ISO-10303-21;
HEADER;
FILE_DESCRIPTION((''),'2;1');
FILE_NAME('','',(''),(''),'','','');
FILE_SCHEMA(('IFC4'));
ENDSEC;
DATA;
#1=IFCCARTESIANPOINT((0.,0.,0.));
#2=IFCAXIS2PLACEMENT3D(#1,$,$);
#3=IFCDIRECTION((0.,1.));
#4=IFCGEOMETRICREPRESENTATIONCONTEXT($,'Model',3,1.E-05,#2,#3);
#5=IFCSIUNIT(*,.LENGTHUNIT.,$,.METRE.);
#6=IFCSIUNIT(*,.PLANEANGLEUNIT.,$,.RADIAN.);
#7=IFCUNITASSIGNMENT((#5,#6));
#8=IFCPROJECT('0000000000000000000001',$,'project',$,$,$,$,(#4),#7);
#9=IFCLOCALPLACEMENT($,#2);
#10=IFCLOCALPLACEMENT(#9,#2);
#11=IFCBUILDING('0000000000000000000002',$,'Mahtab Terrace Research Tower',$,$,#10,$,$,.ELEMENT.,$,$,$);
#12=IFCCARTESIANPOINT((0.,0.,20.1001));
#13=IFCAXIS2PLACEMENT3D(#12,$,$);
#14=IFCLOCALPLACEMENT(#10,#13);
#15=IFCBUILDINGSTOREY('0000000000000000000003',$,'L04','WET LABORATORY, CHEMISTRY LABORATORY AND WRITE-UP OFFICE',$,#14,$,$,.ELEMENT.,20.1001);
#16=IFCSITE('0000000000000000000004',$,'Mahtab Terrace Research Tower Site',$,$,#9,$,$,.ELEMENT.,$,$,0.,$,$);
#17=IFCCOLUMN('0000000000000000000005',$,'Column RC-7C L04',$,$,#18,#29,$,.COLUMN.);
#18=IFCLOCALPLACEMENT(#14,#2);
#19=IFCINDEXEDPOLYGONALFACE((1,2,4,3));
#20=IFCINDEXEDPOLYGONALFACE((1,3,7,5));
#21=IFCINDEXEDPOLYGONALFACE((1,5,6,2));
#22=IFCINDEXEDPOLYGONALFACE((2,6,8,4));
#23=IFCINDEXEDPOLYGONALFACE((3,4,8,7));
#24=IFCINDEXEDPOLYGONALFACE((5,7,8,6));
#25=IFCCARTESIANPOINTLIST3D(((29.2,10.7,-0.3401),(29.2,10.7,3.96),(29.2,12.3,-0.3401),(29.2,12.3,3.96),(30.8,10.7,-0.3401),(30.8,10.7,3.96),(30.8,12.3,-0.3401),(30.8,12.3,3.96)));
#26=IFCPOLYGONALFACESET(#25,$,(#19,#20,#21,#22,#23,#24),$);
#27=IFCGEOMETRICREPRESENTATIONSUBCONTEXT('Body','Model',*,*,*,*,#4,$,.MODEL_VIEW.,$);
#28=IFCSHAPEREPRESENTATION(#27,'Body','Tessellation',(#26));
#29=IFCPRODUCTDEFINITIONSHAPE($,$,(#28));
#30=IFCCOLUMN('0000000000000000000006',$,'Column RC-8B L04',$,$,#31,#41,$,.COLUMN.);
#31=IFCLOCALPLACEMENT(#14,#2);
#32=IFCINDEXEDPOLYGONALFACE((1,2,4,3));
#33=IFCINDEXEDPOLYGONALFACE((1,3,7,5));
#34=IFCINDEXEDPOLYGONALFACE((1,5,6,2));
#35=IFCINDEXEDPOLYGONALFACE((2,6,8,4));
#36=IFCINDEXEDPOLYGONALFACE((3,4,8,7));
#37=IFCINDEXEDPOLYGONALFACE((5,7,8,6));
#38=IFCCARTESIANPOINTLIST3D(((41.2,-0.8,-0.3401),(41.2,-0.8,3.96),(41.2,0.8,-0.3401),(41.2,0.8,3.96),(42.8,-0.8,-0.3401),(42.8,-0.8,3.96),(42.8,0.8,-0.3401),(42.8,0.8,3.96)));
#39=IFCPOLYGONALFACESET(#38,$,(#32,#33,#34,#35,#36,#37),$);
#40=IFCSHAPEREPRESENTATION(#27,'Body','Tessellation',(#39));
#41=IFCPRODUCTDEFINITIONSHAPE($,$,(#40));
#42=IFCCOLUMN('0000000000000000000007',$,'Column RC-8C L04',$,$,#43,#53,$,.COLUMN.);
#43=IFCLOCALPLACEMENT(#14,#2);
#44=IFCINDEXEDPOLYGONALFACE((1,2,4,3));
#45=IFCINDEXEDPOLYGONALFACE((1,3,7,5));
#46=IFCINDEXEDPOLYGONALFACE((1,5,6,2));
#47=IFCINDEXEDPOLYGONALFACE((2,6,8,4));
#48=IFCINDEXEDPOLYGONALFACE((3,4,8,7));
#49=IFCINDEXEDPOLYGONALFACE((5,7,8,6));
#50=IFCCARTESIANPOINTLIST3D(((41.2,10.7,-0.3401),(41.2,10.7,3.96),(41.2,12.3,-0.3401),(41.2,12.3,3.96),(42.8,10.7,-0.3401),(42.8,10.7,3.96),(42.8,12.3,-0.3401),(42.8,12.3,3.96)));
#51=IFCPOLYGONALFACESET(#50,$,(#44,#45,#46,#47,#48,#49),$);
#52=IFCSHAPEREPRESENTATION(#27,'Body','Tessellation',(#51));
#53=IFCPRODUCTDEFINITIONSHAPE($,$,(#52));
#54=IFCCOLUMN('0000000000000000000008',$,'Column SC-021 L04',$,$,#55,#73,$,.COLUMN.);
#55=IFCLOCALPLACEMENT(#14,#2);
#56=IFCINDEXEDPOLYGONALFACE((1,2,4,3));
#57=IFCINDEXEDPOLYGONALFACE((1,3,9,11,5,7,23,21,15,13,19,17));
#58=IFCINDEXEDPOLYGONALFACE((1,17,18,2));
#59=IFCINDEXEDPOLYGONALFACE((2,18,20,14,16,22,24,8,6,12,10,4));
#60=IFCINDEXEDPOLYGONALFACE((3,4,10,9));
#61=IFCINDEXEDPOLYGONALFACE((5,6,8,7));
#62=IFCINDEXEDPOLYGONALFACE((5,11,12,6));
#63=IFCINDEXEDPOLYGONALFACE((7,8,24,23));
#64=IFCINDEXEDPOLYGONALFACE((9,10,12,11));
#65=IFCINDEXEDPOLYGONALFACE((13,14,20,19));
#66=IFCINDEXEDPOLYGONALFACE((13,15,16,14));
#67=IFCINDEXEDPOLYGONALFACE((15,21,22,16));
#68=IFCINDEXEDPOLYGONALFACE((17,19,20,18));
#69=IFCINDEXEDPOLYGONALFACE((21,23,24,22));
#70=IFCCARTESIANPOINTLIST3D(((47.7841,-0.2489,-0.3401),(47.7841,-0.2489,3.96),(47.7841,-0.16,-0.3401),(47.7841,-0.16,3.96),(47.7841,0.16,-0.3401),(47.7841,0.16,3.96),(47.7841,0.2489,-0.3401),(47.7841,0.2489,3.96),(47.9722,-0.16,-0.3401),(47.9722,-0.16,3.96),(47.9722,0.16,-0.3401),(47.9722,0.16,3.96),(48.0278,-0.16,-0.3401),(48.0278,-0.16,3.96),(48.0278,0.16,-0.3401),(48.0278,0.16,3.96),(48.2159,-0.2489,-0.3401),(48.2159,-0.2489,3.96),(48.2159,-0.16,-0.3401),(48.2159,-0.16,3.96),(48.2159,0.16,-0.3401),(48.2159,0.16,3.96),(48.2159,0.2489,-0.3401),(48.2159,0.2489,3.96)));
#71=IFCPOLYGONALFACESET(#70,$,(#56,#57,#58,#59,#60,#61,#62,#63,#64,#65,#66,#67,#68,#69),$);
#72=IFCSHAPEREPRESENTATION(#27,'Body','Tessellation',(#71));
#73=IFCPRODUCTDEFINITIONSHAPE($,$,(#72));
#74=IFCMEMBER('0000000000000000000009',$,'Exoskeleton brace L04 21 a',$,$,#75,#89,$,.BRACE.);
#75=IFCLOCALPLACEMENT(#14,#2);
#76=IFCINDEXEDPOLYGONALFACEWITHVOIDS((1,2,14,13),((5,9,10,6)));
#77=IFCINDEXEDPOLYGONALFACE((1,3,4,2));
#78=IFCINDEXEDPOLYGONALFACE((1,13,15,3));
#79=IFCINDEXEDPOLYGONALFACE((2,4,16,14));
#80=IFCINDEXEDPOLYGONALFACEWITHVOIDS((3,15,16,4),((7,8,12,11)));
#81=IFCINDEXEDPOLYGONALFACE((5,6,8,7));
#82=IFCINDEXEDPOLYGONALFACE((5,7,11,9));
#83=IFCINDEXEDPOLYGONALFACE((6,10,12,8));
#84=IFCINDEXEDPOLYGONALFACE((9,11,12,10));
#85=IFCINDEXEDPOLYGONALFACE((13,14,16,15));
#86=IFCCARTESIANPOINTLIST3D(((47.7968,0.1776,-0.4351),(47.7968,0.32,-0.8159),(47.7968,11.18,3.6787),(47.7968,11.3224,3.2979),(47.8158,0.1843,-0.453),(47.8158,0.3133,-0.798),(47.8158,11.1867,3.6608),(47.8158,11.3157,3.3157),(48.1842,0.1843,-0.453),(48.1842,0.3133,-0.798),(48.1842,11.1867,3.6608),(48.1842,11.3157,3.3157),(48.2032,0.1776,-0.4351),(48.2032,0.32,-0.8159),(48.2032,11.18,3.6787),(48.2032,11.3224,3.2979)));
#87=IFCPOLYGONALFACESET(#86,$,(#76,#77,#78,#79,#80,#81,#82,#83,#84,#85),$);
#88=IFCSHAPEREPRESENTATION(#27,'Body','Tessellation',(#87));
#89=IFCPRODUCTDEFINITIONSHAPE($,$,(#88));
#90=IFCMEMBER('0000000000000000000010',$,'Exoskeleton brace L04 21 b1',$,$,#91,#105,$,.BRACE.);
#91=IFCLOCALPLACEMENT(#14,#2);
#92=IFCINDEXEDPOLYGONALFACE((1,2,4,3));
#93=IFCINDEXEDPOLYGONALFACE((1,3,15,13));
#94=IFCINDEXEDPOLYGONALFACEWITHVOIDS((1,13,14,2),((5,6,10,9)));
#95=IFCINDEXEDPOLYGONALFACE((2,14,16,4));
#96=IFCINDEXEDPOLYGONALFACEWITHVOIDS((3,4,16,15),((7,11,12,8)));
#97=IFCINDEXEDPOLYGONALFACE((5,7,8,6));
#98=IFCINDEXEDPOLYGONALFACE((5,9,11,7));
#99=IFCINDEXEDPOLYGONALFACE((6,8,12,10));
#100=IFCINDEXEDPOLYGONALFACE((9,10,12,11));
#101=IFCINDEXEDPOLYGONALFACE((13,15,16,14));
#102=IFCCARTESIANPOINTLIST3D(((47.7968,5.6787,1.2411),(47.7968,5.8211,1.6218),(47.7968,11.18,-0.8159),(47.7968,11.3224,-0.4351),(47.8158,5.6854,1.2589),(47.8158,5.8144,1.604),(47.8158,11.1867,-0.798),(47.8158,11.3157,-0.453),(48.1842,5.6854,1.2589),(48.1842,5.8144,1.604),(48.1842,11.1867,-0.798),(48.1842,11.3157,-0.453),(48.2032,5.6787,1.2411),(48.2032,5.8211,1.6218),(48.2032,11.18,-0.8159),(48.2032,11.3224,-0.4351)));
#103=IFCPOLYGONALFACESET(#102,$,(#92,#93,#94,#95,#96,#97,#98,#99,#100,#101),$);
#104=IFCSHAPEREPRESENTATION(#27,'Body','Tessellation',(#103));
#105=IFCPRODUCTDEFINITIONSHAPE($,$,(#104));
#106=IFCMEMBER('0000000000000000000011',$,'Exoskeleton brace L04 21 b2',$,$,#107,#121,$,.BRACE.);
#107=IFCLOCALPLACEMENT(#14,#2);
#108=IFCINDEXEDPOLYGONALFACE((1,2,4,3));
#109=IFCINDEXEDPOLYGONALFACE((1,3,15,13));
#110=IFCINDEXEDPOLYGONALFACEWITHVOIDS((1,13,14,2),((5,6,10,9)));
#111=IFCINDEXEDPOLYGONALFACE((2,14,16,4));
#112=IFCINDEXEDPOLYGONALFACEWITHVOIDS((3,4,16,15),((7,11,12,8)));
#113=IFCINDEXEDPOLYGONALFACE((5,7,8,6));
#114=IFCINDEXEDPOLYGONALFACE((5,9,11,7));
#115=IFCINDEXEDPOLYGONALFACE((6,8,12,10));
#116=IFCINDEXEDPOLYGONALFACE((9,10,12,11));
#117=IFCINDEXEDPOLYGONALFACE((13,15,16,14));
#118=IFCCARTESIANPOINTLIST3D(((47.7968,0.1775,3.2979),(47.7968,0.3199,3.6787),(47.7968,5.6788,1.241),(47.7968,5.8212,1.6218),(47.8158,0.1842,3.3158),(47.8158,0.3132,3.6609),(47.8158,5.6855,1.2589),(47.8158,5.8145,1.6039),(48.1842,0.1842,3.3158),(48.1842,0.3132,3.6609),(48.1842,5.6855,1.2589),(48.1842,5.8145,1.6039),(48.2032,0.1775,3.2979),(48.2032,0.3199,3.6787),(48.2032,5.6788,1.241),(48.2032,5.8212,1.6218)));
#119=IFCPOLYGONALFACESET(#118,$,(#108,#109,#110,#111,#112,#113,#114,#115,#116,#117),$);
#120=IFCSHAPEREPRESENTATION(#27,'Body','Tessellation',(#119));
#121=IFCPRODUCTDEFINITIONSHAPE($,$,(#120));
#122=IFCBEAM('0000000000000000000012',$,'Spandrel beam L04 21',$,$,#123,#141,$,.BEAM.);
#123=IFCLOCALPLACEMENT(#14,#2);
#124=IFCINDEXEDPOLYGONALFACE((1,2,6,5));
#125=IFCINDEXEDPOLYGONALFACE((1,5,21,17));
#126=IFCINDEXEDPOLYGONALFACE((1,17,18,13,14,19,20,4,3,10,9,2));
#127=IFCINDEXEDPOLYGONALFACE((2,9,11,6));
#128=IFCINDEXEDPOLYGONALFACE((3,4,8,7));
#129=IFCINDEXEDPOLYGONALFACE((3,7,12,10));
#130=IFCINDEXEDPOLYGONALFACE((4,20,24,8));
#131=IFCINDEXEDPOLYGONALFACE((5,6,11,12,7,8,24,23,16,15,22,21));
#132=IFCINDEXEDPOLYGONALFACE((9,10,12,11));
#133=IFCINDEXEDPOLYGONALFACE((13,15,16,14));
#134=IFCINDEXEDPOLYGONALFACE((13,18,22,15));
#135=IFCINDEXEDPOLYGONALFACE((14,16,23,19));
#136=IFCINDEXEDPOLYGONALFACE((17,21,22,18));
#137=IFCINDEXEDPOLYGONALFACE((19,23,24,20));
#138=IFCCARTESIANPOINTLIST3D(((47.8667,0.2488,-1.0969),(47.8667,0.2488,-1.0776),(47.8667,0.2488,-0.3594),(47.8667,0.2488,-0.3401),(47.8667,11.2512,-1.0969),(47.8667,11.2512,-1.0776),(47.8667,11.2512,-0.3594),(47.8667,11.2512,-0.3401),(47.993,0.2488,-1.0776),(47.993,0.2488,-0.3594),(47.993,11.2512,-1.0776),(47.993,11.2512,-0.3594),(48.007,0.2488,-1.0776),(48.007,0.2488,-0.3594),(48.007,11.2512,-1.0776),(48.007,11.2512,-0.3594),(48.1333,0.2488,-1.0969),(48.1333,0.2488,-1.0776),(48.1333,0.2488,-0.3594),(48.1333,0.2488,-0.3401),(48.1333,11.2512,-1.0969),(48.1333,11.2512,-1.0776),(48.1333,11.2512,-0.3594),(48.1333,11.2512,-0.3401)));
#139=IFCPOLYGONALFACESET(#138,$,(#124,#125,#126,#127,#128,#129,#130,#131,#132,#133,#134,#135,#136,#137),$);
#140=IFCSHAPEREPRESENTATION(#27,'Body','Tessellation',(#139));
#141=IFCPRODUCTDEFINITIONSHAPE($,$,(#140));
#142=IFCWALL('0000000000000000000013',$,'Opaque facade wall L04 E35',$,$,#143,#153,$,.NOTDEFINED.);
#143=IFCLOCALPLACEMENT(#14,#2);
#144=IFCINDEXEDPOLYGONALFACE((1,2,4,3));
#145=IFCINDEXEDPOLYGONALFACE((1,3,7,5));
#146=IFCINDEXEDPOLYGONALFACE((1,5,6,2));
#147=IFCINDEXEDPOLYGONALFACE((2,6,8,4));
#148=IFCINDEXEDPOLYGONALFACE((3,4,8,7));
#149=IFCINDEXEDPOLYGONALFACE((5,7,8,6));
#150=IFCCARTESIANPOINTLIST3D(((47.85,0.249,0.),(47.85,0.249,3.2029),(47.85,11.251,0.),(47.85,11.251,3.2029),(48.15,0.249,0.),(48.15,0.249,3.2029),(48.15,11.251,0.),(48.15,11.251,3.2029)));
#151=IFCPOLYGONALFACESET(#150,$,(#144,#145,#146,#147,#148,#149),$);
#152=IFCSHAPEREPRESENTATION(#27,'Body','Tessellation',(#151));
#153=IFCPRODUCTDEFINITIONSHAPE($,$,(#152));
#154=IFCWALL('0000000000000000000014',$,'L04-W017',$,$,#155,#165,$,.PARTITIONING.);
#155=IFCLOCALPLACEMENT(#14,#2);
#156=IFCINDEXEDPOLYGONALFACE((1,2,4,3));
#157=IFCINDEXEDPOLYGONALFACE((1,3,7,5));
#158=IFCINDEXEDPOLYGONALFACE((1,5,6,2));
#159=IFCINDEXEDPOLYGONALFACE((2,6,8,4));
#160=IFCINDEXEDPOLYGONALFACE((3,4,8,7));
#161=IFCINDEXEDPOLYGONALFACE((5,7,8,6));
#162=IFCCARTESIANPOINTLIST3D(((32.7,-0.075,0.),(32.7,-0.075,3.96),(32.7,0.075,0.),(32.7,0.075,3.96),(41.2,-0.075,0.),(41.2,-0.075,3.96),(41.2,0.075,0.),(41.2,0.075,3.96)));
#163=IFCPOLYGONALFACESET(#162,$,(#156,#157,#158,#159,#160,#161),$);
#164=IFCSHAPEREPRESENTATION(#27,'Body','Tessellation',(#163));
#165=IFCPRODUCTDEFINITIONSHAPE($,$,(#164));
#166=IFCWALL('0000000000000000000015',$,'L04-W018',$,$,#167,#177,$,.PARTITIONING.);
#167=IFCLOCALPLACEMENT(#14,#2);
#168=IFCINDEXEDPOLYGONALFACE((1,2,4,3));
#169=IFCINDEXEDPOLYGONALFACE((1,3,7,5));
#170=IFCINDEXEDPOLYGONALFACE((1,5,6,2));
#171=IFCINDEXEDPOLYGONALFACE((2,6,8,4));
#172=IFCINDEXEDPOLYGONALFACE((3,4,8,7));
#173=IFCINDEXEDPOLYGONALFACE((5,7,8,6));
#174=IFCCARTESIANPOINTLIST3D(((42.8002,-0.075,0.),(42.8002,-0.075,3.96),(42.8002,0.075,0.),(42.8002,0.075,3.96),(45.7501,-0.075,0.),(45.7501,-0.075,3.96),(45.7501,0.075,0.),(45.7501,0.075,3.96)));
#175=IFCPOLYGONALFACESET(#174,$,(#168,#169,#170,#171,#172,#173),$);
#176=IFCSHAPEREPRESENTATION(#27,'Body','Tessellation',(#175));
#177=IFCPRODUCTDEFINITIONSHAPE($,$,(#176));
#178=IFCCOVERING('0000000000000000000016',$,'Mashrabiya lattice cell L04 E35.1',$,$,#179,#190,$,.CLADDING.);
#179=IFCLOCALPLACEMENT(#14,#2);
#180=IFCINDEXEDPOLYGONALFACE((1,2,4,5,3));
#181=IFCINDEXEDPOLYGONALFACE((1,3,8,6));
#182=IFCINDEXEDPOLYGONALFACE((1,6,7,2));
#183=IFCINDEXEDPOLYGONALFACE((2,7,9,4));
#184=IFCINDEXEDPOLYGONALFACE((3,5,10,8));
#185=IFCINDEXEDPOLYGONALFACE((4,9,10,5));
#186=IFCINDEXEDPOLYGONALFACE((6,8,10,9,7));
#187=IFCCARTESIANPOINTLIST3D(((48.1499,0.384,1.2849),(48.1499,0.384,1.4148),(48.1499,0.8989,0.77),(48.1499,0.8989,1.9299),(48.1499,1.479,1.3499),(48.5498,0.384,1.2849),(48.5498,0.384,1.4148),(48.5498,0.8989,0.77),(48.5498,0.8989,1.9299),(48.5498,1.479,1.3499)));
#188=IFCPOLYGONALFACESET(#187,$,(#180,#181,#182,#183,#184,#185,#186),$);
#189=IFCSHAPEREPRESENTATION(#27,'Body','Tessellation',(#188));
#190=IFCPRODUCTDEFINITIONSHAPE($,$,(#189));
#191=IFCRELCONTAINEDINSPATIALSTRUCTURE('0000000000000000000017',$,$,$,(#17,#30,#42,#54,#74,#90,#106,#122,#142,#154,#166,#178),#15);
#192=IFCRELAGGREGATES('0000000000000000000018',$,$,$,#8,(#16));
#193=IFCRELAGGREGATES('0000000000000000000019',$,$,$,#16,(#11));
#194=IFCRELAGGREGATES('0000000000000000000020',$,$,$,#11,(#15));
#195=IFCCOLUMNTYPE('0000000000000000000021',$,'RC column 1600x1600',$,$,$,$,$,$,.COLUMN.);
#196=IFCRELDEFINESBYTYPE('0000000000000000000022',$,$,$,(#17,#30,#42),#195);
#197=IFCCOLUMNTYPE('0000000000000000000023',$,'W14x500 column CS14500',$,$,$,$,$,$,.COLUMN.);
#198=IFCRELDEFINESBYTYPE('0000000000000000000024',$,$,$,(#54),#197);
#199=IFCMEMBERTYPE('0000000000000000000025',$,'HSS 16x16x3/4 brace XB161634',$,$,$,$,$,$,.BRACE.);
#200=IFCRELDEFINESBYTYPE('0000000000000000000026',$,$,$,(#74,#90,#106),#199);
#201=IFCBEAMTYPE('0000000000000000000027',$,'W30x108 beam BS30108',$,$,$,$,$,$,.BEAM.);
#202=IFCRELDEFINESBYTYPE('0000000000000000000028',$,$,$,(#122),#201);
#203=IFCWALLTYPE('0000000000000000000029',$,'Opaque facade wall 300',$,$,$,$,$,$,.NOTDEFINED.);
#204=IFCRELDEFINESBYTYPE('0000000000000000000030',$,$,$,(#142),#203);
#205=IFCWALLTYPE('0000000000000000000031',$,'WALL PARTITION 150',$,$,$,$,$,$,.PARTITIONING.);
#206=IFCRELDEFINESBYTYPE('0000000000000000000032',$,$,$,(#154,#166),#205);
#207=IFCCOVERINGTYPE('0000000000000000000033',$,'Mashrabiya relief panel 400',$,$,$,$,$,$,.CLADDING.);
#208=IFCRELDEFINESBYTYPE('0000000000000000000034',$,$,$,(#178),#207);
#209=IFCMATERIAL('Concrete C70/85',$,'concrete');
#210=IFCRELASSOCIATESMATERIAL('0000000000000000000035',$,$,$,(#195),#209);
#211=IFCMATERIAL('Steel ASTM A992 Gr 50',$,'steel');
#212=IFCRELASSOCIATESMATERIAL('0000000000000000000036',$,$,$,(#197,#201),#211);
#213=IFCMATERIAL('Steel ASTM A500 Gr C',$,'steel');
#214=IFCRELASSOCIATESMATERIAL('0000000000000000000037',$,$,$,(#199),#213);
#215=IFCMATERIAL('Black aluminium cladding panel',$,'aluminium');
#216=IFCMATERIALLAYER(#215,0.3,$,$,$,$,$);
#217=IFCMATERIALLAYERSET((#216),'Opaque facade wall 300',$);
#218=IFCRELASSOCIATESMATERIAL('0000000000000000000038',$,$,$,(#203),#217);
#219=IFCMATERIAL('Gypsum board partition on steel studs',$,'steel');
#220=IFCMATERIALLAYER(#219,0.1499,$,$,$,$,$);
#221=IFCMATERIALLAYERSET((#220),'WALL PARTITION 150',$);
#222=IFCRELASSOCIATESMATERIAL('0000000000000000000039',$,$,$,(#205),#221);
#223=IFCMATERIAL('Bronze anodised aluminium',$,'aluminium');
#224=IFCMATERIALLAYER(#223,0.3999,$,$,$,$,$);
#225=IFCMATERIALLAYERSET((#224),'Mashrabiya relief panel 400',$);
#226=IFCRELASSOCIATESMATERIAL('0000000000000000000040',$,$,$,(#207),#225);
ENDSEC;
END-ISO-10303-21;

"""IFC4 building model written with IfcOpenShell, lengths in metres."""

from ifc_helpers import new_model, si_unit, direction, frame, frame_2d, origin, origin_2d, place, context, subcontext, project, spatial, polyline, rectangle, hollow_rectangle, i_section, outline, extrude, material, layer, layer_set, material_profile, profile_set, type_object, element, save


model = new_model("IFC4")

# Units and contexts
model_context = context("Model", 3, precision=1e-05, world=origin(), true_north=direction((0.0, 1.0)))
body_context = subcontext(model_context, "Body", "Model", "MODEL_VIEW")
ifc_project = project(units=[si_unit("LENGTHUNIT", "METRE"), si_unit("PLANEANGLEUNIT", "RADIAN")], contexts=[model_context])

# Site, building, storey
site_placement = place(None, origin())
site = spatial("IfcSite", under=ifc_project, at=site_placement, Name="Mahtab Terrace Research Tower Site", CompositionType="ELEMENT", RefElevation=0.0)
building_placement = place(site_placement, origin())
building = spatial("IfcBuilding", under=site, at=building_placement, Name="Mahtab Terrace Research Tower", CompositionType="ELEMENT")
storey_placement = place(building_placement, frame((0.0, 0.0, 20.1001)))
storey = spatial("IfcBuildingStorey", under=building, at=storey_placement, Name="L04", Description="WET LABORATORY, CHEMISTRY LABORATORY AND WRITE-UP OFFICE", CompositionType="ELEMENT", Elevation=20.1001)

# Columns
ifc_material_1 = material(Name="Concrete C70/85", Category="concrete")
ifc_material_profile_1 = material_profile(ifc_material_1, rectangle(XDim=1.6001, YDim=1.6001, at=origin_2d()), Name="RC column 1600x1600")
ifc_profile_set_1 = profile_set([ifc_material_profile_1], Name="Concrete C70/85")
column_type_1 = type_object("IfcColumnType", Name="RC column 1600x1600", PredefinedType="COLUMN", material=ifc_profile_set_1)
for number, where, z_axis, x_axis, name in (
    (1, (30.0, 11.5, -0.3401), (0.0, 0.0, 1.0), (1.0, 0.0, 0.0), "Column RC-7C L04"),
    (2, (42.0, 0.0, -0.3401), (0.0, 0.0, 1.0), (1.0, 0.0, 0.0), "Column RC-8B L04"),
    (3, (42.0, 11.5, -0.3401), (0.0, 0.0, 1.0), (1.0, 0.0, 0.0), "Column RC-8C L04"),
):
    element("IfcColumn", number, at=place(storey_placement, frame(where, z_axis=z_axis, x_axis=x_axis)), inside=storey, type_object=column_type_1, Name=name, PredefinedType="COLUMN", context=body_context, shape_type="SweptSolid", body=[
        extrude(rectangle(XDim=1.6001, YDim=1.6001, at=origin_2d()), origin(), (0.0, 0.0, 1.0), 4.3),
    ])
ifc_material_2 = material(Name="Steel ASTM A992 Gr 50", Category="steel")
ifc_material_profile_2 = material_profile(ifc_material_2, i_section(OverallWidth=0.4319, OverallDepth=0.4978, WebThickness=0.0557, FlangeThickness=0.0889, at=origin_2d()), Name="W14X500")
ifc_profile_set_2 = profile_set([ifc_material_profile_2], Name="Steel ASTM A992 Gr 50")
column_type_2 = type_object("IfcColumnType", Name="W14x500 column CS14500", PredefinedType="COLUMN", material=ifc_profile_set_2)
column_placement = place(storey_placement, frame((48.0, 0.0, -0.3401), z_axis=(0.0, 0.0, 1.0), x_axis=(1.0, 0.0, 0.0)))
element("IfcColumn", 4, at=column_placement, inside=storey, type_object=column_type_2, Name="Column SC-021 L04", PredefinedType="COLUMN", context=body_context, shape_type="SweptSolid", body=[
    extrude(i_section(OverallWidth=0.4319, OverallDepth=0.4978, WebThickness=0.0557, FlangeThickness=0.0889, at=origin_2d()), origin(), (0.0, 0.0, 1.0), 4.3),
])

# Members
ifc_material_3 = material(Name="Steel ASTM A500 Gr C", Category="steel")
ifc_material_profile_3 = material_profile(ifc_material_3, hollow_rectangle(XDim=0.4065, YDim=0.4065, WallThickness=0.019, at=origin_2d()), Name="HSS16X16X3/4")
ifc_profile_set_3 = profile_set([ifc_material_profile_3], Name="Steel ASTM A500 Gr C")
member_type = type_object("IfcMemberType", Name="HSS 16x16x3/4 brace XB161634", PredefinedType="BRACE", material=ifc_profile_set_3)
member_placement = place(storey_placement, frame((48.0, 0.2488, -0.6255), z_axis=(0.0, 0.936669, 0.350217), x_axis=(-1.0, 0.0, 0.0)))
element("IfcMember", 5, at=member_placement, inside=storey, type_object=member_type, Name="Exoskeleton brace L04 21 a", PredefinedType="BRACE", context=body_context, shape_type="SweptSolid", body=[
    extrude(hollow_rectangle(XDim=0.4065, YDim=0.4065, WallThickness=0.019, at=origin_2d()), origin(), (0.0, 0.0, 1.0), 11.7463),
])
for number, where, z_axis, x_axis, name in (
    (6, (48.0, 11.2512, -0.6255), (0.0, -0.936669, 0.350217), (1.0, 0.0, 0.0), "Exoskeleton brace L04 21 b1"),
    (7, (48.0, 5.75, 1.4314), (0.0, -0.936669, 0.350217), (1.0, 0.0, 0.0), "Exoskeleton brace L04 21 b2"),
):
    element("IfcMember", number, at=place(storey_placement, frame(where, z_axis=z_axis, x_axis=x_axis)), inside=storey, type_object=member_type, Name=name, PredefinedType="BRACE", context=body_context, shape_type="SweptSolid", body=[
        extrude(hollow_rectangle(XDim=0.4065, YDim=0.4065, WallThickness=0.019, at=origin_2d()), origin(), (0.0, 0.0, 1.0), 5.8733),
    ])

# Beam
ifc_material_profile_4 = material_profile(ifc_material_2, i_section(OverallWidth=0.2666, OverallDepth=0.7568, WebThickness=0.0139, FlangeThickness=0.0193, at=origin_2d()), Name="W30X108")
ifc_profile_set_4 = profile_set([ifc_material_profile_4], Name="Steel ASTM A992 Gr 50")
beam_type = type_object("IfcBeamType", Name="W30x108 beam BS30108", PredefinedType="BEAM", material=ifc_profile_set_4)
beam_placement = place(storey_placement, frame((48.0, 0.2488, -0.7185), z_axis=(0.0, 1.0, 0.0), x_axis=(-1.0, 0.0, 0.0)))
element("IfcBeam", 8, at=beam_placement, inside=storey, type_object=beam_type, Name="Spandrel beam L04 21", PredefinedType="BEAM", context=body_context, shape_type="SweptSolid", body=[
    extrude(i_section(OverallWidth=0.2666, OverallDepth=0.7568, WebThickness=0.0139, FlangeThickness=0.0193, at=origin_2d()), origin(), (0.0, 0.0, 1.0), 11.0024),
])

# Walls
ifc_material_4 = material(Name="Black aluminium cladding panel", Category="aluminium")
ifc_layer_1 = layer(ifc_material_4, 0.3)
ifc_layer_set_1 = layer_set([ifc_layer_1], Name="Opaque facade wall 300")
wall_type_1 = type_object("IfcWallType", Name="Opaque facade wall 300", PredefinedType="NOTDEFINED", material=ifc_layer_set_1)
wall_1_placement = place(storey_placement, frame((48.0, 0.249, 0.0), z_axis=(0.0, 0.0, 1.0), x_axis=(0.0, 1.0, 0.0)))
element("IfcWall", 9, at=wall_1_placement, inside=storey, type_object=wall_type_1, Name="Opaque facade wall L04 E35", PredefinedType="NOTDEFINED", context=body_context, shape_type="SweptSolid", body=[
    extrude(rectangle(XDim=11.002, YDim=0.3, at=frame_2d((5.501, 0.0))), origin(), (0.0, 0.0, 1.0), 3.2029),
])
ifc_material_5 = material(Name="Gypsum board partition on steel studs", Category="steel")
ifc_layer_2 = layer(ifc_material_5, 0.1499)
ifc_layer_set_2 = layer_set([ifc_layer_2], Name="WALL PARTITION 150")
wall_type_2 = type_object("IfcWallType", Name="WALL PARTITION 150", PredefinedType="PARTITIONING", material=ifc_layer_set_2)
wall_2_placement = place(storey_placement, frame((32.7, 0.0, 0.0), z_axis=(0.0, 0.0, 1.0), x_axis=(1.0, 0.0, 0.0)))
element("IfcWall", 10, at=wall_2_placement, inside=storey, type_object=wall_type_2, Name="L04-W017", PredefinedType="PARTITIONING", context=body_context, shape_type="SweptSolid", body=[
    extrude(rectangle(XDim=8.5, YDim=0.1499, at=frame_2d((4.25, 0.0))), origin(), (0.0, 0.0, 1.0), 3.96),
])
wall_3_placement = place(storey_placement, frame((42.8, 0.0, 0.0), z_axis=(0.0, 0.0, 1.0), x_axis=(1.0, 0.0, 0.0)))
element("IfcWall", 11, at=wall_3_placement, inside=storey, type_object=wall_type_2, Name="L04-W018", PredefinedType="PARTITIONING", context=body_context, shape_type="SweptSolid", body=[
    extrude(rectangle(XDim=2.95, YDim=0.1499, at=frame_2d((1.4751, 0.0))), origin(), (0.0, 0.0, 1.0), 3.96),
])

# Covering
ifc_material_6 = material(Name="Bronze anodised aluminium", Category="aluminium")
ifc_layer_3 = layer(ifc_material_6, 0.3999)
ifc_layer_set_3 = layer_set([ifc_layer_3], Name="Mashrabiya relief panel 400")
covering_type = type_object("IfcCoveringType", Name="Mashrabiya relief panel 400", PredefinedType="CLADDING", material=ifc_layer_set_3)
covering_1_placement = place(storey_placement, frame((48.1499, 0.8989, 1.9299), z_axis=(-1.0, 0.0, 0.0), x_axis=(0.0, 0.707107, -0.707107)))
element("IfcCovering", 12, at=covering_1_placement, inside=storey, type_object=covering_type, Name="Mashrabiya lattice cell L04 E35.1", PredefinedType="CLADDING", context=body_context, shape_type="SweptSolid", body=[
    extrude(outline(polyline([(0.0, 0.0), (0.8204, 0.0), (0.8202, 0.8202), (0.092, 0.8202), (0.0002, 0.7283), (0.0, 0.0)])), origin(), (0.0, 0.0, -1.0), 0.3999),
])

save(model, "model.ifc")
